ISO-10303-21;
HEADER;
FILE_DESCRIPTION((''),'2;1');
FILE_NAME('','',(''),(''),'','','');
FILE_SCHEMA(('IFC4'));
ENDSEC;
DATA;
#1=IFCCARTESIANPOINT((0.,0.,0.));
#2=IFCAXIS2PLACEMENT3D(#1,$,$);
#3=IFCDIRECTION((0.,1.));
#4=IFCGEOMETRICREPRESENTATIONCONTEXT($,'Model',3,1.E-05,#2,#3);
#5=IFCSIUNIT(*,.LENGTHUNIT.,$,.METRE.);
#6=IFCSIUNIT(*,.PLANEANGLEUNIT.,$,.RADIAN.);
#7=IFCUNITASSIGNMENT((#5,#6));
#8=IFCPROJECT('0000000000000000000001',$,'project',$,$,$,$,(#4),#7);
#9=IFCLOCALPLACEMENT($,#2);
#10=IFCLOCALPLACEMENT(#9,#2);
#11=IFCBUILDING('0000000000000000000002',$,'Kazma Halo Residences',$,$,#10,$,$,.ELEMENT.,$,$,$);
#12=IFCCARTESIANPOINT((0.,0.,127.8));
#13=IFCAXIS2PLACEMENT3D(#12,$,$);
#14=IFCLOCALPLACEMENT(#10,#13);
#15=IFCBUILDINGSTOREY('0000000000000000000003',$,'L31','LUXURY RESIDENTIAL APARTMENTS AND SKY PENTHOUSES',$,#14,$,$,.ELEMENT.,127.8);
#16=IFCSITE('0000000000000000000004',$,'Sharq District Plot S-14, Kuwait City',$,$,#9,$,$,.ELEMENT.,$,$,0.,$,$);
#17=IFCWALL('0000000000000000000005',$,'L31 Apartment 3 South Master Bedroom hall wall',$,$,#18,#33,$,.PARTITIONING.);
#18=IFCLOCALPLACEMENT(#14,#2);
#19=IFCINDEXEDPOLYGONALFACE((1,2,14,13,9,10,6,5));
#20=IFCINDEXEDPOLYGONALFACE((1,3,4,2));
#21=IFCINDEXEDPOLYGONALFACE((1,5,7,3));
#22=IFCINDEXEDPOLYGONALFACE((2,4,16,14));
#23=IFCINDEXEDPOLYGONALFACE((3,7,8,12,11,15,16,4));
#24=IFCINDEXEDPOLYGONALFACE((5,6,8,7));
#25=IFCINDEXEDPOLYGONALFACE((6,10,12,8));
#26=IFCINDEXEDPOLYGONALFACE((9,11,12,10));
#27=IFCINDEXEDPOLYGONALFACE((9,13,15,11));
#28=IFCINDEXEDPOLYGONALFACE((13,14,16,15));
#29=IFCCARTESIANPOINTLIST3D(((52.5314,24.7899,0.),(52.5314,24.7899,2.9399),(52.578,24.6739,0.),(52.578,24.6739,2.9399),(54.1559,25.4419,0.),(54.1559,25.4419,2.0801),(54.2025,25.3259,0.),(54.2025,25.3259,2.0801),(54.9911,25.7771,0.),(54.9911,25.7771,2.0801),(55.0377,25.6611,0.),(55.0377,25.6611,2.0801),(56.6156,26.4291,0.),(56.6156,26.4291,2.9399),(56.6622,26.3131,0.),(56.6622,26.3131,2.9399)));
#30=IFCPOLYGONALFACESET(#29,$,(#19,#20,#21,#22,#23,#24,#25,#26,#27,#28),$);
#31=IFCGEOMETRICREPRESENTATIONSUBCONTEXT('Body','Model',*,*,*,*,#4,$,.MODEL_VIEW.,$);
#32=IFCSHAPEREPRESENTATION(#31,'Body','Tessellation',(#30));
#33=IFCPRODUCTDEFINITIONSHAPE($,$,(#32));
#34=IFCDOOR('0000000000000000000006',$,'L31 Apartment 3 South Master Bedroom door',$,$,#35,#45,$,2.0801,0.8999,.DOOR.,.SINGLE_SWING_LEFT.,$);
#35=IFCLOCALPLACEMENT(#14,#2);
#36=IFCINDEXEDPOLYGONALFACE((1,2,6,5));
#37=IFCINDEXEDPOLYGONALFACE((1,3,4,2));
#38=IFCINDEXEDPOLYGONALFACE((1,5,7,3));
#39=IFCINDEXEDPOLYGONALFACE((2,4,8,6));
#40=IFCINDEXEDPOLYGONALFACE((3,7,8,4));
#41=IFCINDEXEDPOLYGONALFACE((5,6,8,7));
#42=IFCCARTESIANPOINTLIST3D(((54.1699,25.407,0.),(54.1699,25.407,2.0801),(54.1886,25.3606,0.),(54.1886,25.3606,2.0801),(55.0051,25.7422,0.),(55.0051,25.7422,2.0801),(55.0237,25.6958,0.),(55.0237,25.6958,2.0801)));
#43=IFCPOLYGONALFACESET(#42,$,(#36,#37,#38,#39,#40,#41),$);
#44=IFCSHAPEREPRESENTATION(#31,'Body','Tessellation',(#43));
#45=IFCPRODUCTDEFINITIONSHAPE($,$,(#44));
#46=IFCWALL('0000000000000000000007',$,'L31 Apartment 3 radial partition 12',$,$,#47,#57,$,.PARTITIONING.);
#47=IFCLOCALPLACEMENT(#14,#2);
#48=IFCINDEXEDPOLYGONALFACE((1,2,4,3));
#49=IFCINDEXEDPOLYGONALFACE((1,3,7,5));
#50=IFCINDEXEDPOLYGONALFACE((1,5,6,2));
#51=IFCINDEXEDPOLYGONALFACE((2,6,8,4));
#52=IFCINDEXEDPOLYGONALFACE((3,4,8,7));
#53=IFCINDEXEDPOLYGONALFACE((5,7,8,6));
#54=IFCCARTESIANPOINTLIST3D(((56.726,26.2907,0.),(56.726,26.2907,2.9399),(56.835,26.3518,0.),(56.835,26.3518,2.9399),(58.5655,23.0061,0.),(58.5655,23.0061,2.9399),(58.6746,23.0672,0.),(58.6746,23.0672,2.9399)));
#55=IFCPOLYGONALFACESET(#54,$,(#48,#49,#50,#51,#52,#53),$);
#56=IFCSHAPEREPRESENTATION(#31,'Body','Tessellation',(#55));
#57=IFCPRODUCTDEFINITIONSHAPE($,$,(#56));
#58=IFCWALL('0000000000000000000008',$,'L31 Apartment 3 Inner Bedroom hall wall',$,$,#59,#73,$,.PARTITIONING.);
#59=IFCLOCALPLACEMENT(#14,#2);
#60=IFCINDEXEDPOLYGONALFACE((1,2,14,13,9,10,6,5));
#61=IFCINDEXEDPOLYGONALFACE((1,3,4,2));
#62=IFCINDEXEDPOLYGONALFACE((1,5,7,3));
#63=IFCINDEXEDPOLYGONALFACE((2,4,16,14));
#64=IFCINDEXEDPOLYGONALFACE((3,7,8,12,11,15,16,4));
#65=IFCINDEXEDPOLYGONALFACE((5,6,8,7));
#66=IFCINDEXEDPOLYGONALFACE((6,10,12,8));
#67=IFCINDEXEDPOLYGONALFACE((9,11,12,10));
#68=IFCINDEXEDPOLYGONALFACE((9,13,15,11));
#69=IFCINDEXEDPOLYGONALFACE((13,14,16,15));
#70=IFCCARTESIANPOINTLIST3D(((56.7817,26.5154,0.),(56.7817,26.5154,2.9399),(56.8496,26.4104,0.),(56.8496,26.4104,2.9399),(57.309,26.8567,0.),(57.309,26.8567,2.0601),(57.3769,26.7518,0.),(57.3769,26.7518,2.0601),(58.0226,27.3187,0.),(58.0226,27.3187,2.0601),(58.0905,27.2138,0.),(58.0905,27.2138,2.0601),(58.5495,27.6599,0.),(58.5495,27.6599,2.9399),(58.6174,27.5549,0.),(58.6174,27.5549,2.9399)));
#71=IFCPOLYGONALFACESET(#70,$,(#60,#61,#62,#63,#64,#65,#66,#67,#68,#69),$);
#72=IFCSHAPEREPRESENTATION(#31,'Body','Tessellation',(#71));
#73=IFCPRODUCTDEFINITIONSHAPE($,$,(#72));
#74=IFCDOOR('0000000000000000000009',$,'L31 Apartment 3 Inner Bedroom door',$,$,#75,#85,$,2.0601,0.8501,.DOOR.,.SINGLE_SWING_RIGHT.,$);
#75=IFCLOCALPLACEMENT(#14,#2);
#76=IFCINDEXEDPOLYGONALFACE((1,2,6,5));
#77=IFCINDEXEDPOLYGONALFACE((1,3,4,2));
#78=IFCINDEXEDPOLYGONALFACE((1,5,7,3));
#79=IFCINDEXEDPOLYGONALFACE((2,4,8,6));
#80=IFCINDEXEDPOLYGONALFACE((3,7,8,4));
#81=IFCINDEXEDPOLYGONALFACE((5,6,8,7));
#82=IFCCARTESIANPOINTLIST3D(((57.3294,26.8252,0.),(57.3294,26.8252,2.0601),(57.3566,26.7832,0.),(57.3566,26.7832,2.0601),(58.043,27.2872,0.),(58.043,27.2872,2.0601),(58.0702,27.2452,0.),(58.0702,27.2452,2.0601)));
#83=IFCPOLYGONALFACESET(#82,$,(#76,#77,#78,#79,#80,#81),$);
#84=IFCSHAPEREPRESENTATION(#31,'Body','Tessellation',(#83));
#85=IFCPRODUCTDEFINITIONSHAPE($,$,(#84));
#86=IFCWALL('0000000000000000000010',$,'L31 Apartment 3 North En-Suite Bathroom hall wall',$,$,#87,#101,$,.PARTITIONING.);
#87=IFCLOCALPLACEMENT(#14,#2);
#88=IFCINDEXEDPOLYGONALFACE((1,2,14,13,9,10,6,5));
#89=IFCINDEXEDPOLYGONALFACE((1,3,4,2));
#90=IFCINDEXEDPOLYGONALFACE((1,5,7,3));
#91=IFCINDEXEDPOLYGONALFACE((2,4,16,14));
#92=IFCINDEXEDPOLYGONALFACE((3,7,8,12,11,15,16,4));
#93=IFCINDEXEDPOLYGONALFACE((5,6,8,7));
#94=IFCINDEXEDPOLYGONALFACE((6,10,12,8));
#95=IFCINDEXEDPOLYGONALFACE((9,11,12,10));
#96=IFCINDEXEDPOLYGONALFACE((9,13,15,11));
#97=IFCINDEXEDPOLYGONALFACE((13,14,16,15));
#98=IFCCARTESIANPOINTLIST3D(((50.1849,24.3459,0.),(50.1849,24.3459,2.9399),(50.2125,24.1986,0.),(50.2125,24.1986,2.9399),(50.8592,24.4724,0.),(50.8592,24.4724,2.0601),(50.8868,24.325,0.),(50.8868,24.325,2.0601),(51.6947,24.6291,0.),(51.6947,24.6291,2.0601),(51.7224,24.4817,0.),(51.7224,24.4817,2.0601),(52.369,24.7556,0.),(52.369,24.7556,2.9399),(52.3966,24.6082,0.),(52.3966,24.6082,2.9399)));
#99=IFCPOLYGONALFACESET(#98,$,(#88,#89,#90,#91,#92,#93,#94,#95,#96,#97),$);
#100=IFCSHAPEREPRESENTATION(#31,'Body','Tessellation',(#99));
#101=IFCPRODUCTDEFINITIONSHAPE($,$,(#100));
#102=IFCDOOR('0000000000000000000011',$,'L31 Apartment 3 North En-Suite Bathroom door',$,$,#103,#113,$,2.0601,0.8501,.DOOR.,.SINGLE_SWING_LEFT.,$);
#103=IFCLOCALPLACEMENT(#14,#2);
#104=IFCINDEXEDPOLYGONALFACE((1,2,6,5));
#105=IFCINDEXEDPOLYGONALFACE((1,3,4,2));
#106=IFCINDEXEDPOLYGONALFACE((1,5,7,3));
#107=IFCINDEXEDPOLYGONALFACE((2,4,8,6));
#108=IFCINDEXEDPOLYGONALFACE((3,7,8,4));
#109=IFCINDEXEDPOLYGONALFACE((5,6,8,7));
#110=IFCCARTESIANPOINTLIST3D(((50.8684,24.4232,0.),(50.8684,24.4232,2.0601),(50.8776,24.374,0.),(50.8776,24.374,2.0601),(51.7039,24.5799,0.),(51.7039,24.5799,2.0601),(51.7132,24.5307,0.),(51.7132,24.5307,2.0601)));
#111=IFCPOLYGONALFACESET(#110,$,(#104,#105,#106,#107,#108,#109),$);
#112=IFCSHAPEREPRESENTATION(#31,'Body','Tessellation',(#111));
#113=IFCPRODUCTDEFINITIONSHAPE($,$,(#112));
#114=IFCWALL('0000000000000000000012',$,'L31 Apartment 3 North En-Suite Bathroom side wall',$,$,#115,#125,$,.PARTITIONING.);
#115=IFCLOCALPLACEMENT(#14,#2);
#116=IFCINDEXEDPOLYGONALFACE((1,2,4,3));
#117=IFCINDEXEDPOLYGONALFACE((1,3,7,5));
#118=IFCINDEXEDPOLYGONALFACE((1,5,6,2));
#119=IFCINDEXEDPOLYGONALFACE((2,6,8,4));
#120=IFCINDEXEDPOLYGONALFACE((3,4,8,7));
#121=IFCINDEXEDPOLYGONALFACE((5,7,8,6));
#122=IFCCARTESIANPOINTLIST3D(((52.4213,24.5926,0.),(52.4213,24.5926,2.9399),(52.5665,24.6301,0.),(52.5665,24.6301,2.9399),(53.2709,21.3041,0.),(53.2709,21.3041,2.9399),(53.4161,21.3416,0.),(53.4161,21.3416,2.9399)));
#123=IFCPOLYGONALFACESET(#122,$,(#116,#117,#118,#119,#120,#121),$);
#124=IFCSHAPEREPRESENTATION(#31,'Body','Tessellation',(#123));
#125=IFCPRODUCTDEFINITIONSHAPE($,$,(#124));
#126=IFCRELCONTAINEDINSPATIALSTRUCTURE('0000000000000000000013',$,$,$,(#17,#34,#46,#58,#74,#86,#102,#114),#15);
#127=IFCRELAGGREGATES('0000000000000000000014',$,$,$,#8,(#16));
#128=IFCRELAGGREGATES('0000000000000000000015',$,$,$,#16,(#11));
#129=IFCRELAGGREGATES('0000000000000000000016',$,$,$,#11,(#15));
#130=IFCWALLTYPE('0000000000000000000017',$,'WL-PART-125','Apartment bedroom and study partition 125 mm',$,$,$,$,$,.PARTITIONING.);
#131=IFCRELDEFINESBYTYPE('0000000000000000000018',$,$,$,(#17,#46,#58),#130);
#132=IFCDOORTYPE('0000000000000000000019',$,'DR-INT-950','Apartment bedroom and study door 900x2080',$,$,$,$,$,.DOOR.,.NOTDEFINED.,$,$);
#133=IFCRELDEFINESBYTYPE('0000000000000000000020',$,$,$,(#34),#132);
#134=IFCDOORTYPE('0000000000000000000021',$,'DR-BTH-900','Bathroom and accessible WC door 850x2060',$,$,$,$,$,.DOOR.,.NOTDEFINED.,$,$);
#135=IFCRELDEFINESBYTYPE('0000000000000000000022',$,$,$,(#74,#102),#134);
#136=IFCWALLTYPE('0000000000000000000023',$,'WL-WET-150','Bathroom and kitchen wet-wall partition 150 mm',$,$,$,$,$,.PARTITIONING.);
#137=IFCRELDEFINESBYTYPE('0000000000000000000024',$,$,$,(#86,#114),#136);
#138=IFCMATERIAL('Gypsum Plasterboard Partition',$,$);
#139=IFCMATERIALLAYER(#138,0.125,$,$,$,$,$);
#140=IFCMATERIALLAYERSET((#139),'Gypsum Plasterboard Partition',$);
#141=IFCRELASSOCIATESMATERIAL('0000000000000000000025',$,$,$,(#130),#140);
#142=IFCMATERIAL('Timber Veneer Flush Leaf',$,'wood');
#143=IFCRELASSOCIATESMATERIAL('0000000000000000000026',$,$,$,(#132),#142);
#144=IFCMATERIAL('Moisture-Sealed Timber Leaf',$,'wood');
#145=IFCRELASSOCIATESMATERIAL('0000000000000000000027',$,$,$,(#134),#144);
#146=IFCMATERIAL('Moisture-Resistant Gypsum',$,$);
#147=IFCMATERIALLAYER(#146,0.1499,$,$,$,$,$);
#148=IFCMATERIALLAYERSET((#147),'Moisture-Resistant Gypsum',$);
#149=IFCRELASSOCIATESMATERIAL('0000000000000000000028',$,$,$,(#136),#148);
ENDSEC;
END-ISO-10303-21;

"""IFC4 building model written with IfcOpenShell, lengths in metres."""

from ifc_helpers import new_model, si_unit, direction, frame, frame_2d, origin, place, context, subcontext, project, spatial, rectangle, extrude, material, layer, layer_set, type_object, element, fill, save


model = new_model("IFC4")

# Units and contexts
model_context = context("Model", 3, precision=1e-05, world=origin(), true_north=direction((0.0, 1.0)))
body_context = subcontext(model_context, "Body", "Model", "MODEL_VIEW")
ifc_project = project(units=[si_unit("LENGTHUNIT", "METRE"), si_unit("PLANEANGLEUNIT", "RADIAN")], contexts=[model_context])

# Site, building, storey
site_placement = place(None, origin())
site = spatial("IfcSite", under=ifc_project, at=site_placement, Name="Sharq District Plot S-14, Kuwait City", CompositionType="ELEMENT", RefElevation=0.0)
building_placement = place(site_placement, origin())
building = spatial("IfcBuilding", under=site, at=building_placement, Name="Kazma Halo Residences", CompositionType="ELEMENT")
storey_placement = place(building_placement, frame((0.0, 0.0, 127.8)))
storey = spatial("IfcBuildingStorey", under=building, at=storey_placement, Name="L31", Description="LUXURY RESIDENTIAL APARTMENTS AND SKY PENTHOUSES", CompositionType="ELEMENT", Elevation=127.8)

# Shared definitions
ifc_material_1 = material(Name="Gypsum Plasterboard Partition")
ifc_layer_1 = layer(ifc_material_1, 0.125)
ifc_layer_set_1 = layer_set([ifc_layer_1], Name="Gypsum Plasterboard Partition")
wall_type_1 = type_object("IfcWallType", Name="WL-PART-125", Description="Apartment bedroom and study partition 125 mm", PredefinedType="PARTITIONING", material=ifc_layer_set_1)

# Wall, opening, door
wall_1_placement = place(storey_placement, frame((52.5547, 24.7319, 0.0), z_axis=(0.0, 0.0, 1.0), x_axis=(0.928048, 0.372462, 0.0)))
wall_1 = element("IfcWall", 1, at=wall_1_placement, inside=storey, type_object=wall_type_1, Name="L31 Apartment 3 South Master Bedroom hall wall", PredefinedType="PARTITIONING", context=body_context, shape_type="SweptSolid", body=[
    extrude(rectangle(XDim=4.4009, YDim=0.125, at=frame_2d((2.2004, 0.0))), origin(), (0.0, 0.0, 1.0), 2.9399),
])
opening_1_placement = place(wall_1_placement, frame((1.7505, 0.0, 0.0)))
opening_1 = element("IfcOpeningElement", 2, at=opening_1_placement, cuts=wall_1, PredefinedType="OPENING", context=body_context, shape_type="SweptSolid", body=[
    extrude(rectangle(XDim=0.8999, YDim=2.0801, at=frame_2d((0.45, 1.04))), frame((0.0, 0.0725, 0.0), z_axis=(0.0, -1.0, 0.0), x_axis=(1.0, 0.0, 0.0)), (0.0, 0.0, 1.0), 0.145),
])
ifc_material_2 = material(Name="Timber Veneer Flush Leaf", Category="wood")
door_type_1 = type_object("IfcDoorType", Name="DR-INT-950", Description="Apartment bedroom and study door 900x2080", OperationType="NOTDEFINED", PredefinedType="DOOR", material=ifc_material_2)
door_1_placement = place(opening_1_placement, origin())
door_1 = element("IfcDoor", 3, at=door_1_placement, inside=storey, type_object=door_type_1, Name="L31 Apartment 3 South Master Bedroom door", OperationType="SINGLE_SWING_LEFT", OverallHeight=2.0801, OverallWidth=0.8999, PredefinedType="DOOR", context=body_context, shape_type="SweptSolid", body=[
    extrude(rectangle(XDim=0.8999, YDim=2.0801, at=frame_2d((0.45, 1.04))), frame((0.0, 0.0249, 0.0), z_axis=(0.0, -1.0, 0.0), x_axis=(1.0, 0.0, 0.0)), (0.0, 0.0, 1.0), 0.05),
])
fill(opening_1, door_1)

# Wall
wall_2_placement = place(storey_placement, frame((56.7805, 26.3213, 0.0), z_axis=(0.0, 0.0, 1.0), x_axis=(0.488641, -0.872485, 0.0)))
element("IfcWall", 4, at=wall_2_placement, inside=storey, type_object=wall_type_1, Name="L31 Apartment 3 radial partition 12", PredefinedType="PARTITIONING", context=body_context, shape_type="SweptSolid", body=[
    extrude(rectangle(XDim=3.7646, YDim=0.125, at=frame_2d((1.8823, 0.0))), origin(), (0.0, 0.0, 1.0), 2.9399),
])

# Walls, openings, doors
wall_3_placement = place(storey_placement, frame((56.8157, 26.4629, 0.0), z_axis=(0.0, 0.0, 1.0), x_axis=(0.83943, 0.543468, 0.0)))
wall_3 = element("IfcWall", 5, at=wall_3_placement, inside=storey, type_object=wall_type_1, Name="L31 Apartment 3 Inner Bedroom hall wall", PredefinedType="PARTITIONING", context=body_context, shape_type="SweptSolid", body=[
    extrude(rectangle(XDim=2.106, YDim=0.125, at=frame_2d((1.053, 0.0))), origin(), (0.0, 0.0, 1.0), 2.9399),
])
opening_2_placement = place(wall_3_placement, frame((0.6282, 0.0, 0.0)))
opening_2 = element("IfcOpeningElement", 6, at=opening_2_placement, cuts=wall_3, PredefinedType="OPENING", context=body_context, shape_type="SweptSolid", body=[
    extrude(rectangle(XDim=0.8501, YDim=2.0601, at=frame_2d((0.425, 1.03))), frame((0.0, 0.0725, 0.0), z_axis=(0.0, -1.0, 0.0), x_axis=(1.0, 0.0, 0.0)), (0.0, 0.0, 1.0), 0.145),
])
ifc_material_3 = material(Name="Moisture-Sealed Timber Leaf", Category="wood")
door_type_2 = type_object("IfcDoorType", Name="DR-BTH-900", Description="Bathroom and accessible WC door 850x2060", OperationType="NOTDEFINED", PredefinedType="DOOR", material=ifc_material_3)
door_2_placement = place(opening_2_placement, origin())
door_2 = element("IfcDoor", 7, at=door_2_placement, inside=storey, type_object=door_type_2, Name="L31 Apartment 3 Inner Bedroom door", OperationType="SINGLE_SWING_RIGHT", OverallHeight=2.0601, OverallWidth=0.8501, PredefinedType="DOOR", context=body_context, shape_type="SweptSolid", body=[
    extrude(rectangle(XDim=0.8501, YDim=2.0601, at=frame_2d((0.425, 1.03))), frame((0.0, 0.0249, 0.0), z_axis=(0.0, -1.0, 0.0), x_axis=(1.0, 0.0, 0.0)), (0.0, 0.0, 1.0), 0.05),
])
fill(opening_2, door_2)
ifc_material_4 = material(Name="Moisture-Resistant Gypsum")
ifc_layer_2 = layer(ifc_material_4, 0.1499)
ifc_layer_set_2 = layer_set([ifc_layer_2], Name="Moisture-Resistant Gypsum")
wall_type_2 = type_object("IfcWallType", Name="WL-WET-150", Description="Bathroom and kitchen wet-wall partition 150 mm", PredefinedType="PARTITIONING", material=ifc_layer_set_2)
wall_4_placement = place(storey_placement, frame((50.1987, 24.2722, 0.0), z_axis=(0.0, 0.0, 1.0), x_axis=(0.98286, 0.184355, 0.0)))
wall_4 = element("IfcWall", 8, at=wall_4_placement, inside=storey, type_object=wall_type_2, Name="L31 Apartment 3 North En-Suite Bathroom hall wall", PredefinedType="PARTITIONING", context=body_context, shape_type="SweptSolid", body=[
    extrude(rectangle(XDim=2.2222, YDim=0.1499, at=frame_2d((1.1111, 0.0))), origin(), (0.0, 0.0, 1.0), 2.9399),
])
opening_3_placement = place(wall_4_placement, frame((0.686, 0.0, 0.0)))
opening_3 = element("IfcOpeningElement", 9, at=opening_3_placement, cuts=wall_4, PredefinedType="OPENING", context=body_context, shape_type="SweptSolid", body=[
    extrude(rectangle(XDim=0.8501, YDim=2.0601, at=frame_2d((0.425, 1.03))), frame((0.0, 0.085, 0.0), z_axis=(0.0, -1.0, 0.0), x_axis=(1.0, 0.0, 0.0)), (0.0, 0.0, 1.0), 0.1699),
])
door_3_placement = place(opening_3_placement, origin())
door_3 = element("IfcDoor", 10, at=door_3_placement, inside=storey, type_object=door_type_2, Name="L31 Apartment 3 North En-Suite Bathroom door", OperationType="SINGLE_SWING_LEFT", OverallHeight=2.0601, OverallWidth=0.8501, PredefinedType="DOOR", context=body_context, shape_type="SweptSolid", body=[
    extrude(rectangle(XDim=0.8501, YDim=2.0601, at=frame_2d((0.425, 1.03))), frame((0.0, 0.0249, 0.0), z_axis=(0.0, -1.0, 0.0), x_axis=(1.0, 0.0, 0.0)), (0.0, 0.0, 1.0), 0.05),
])
fill(opening_3, door_3)

# Wall
wall_5_placement = place(storey_placement, frame((52.4939, 24.6113, 0.0), z_axis=(0.0, 0.0, 1.0), x_axis=(0.250139, -0.96821, 0.0)))
element("IfcWall", 11, at=wall_5_placement, inside=storey, type_object=wall_type_2, Name="L31 Apartment 3 North En-Suite Bathroom side wall", PredefinedType="PARTITIONING", context=body_context, shape_type="SweptSolid", body=[
    extrude(rectangle(XDim=3.3965, YDim=0.1499, at=frame_2d((1.6982, 0.0))), origin(), (0.0, 0.0, 1.0), 2.9399),
])

save(model, "model.ifc")
